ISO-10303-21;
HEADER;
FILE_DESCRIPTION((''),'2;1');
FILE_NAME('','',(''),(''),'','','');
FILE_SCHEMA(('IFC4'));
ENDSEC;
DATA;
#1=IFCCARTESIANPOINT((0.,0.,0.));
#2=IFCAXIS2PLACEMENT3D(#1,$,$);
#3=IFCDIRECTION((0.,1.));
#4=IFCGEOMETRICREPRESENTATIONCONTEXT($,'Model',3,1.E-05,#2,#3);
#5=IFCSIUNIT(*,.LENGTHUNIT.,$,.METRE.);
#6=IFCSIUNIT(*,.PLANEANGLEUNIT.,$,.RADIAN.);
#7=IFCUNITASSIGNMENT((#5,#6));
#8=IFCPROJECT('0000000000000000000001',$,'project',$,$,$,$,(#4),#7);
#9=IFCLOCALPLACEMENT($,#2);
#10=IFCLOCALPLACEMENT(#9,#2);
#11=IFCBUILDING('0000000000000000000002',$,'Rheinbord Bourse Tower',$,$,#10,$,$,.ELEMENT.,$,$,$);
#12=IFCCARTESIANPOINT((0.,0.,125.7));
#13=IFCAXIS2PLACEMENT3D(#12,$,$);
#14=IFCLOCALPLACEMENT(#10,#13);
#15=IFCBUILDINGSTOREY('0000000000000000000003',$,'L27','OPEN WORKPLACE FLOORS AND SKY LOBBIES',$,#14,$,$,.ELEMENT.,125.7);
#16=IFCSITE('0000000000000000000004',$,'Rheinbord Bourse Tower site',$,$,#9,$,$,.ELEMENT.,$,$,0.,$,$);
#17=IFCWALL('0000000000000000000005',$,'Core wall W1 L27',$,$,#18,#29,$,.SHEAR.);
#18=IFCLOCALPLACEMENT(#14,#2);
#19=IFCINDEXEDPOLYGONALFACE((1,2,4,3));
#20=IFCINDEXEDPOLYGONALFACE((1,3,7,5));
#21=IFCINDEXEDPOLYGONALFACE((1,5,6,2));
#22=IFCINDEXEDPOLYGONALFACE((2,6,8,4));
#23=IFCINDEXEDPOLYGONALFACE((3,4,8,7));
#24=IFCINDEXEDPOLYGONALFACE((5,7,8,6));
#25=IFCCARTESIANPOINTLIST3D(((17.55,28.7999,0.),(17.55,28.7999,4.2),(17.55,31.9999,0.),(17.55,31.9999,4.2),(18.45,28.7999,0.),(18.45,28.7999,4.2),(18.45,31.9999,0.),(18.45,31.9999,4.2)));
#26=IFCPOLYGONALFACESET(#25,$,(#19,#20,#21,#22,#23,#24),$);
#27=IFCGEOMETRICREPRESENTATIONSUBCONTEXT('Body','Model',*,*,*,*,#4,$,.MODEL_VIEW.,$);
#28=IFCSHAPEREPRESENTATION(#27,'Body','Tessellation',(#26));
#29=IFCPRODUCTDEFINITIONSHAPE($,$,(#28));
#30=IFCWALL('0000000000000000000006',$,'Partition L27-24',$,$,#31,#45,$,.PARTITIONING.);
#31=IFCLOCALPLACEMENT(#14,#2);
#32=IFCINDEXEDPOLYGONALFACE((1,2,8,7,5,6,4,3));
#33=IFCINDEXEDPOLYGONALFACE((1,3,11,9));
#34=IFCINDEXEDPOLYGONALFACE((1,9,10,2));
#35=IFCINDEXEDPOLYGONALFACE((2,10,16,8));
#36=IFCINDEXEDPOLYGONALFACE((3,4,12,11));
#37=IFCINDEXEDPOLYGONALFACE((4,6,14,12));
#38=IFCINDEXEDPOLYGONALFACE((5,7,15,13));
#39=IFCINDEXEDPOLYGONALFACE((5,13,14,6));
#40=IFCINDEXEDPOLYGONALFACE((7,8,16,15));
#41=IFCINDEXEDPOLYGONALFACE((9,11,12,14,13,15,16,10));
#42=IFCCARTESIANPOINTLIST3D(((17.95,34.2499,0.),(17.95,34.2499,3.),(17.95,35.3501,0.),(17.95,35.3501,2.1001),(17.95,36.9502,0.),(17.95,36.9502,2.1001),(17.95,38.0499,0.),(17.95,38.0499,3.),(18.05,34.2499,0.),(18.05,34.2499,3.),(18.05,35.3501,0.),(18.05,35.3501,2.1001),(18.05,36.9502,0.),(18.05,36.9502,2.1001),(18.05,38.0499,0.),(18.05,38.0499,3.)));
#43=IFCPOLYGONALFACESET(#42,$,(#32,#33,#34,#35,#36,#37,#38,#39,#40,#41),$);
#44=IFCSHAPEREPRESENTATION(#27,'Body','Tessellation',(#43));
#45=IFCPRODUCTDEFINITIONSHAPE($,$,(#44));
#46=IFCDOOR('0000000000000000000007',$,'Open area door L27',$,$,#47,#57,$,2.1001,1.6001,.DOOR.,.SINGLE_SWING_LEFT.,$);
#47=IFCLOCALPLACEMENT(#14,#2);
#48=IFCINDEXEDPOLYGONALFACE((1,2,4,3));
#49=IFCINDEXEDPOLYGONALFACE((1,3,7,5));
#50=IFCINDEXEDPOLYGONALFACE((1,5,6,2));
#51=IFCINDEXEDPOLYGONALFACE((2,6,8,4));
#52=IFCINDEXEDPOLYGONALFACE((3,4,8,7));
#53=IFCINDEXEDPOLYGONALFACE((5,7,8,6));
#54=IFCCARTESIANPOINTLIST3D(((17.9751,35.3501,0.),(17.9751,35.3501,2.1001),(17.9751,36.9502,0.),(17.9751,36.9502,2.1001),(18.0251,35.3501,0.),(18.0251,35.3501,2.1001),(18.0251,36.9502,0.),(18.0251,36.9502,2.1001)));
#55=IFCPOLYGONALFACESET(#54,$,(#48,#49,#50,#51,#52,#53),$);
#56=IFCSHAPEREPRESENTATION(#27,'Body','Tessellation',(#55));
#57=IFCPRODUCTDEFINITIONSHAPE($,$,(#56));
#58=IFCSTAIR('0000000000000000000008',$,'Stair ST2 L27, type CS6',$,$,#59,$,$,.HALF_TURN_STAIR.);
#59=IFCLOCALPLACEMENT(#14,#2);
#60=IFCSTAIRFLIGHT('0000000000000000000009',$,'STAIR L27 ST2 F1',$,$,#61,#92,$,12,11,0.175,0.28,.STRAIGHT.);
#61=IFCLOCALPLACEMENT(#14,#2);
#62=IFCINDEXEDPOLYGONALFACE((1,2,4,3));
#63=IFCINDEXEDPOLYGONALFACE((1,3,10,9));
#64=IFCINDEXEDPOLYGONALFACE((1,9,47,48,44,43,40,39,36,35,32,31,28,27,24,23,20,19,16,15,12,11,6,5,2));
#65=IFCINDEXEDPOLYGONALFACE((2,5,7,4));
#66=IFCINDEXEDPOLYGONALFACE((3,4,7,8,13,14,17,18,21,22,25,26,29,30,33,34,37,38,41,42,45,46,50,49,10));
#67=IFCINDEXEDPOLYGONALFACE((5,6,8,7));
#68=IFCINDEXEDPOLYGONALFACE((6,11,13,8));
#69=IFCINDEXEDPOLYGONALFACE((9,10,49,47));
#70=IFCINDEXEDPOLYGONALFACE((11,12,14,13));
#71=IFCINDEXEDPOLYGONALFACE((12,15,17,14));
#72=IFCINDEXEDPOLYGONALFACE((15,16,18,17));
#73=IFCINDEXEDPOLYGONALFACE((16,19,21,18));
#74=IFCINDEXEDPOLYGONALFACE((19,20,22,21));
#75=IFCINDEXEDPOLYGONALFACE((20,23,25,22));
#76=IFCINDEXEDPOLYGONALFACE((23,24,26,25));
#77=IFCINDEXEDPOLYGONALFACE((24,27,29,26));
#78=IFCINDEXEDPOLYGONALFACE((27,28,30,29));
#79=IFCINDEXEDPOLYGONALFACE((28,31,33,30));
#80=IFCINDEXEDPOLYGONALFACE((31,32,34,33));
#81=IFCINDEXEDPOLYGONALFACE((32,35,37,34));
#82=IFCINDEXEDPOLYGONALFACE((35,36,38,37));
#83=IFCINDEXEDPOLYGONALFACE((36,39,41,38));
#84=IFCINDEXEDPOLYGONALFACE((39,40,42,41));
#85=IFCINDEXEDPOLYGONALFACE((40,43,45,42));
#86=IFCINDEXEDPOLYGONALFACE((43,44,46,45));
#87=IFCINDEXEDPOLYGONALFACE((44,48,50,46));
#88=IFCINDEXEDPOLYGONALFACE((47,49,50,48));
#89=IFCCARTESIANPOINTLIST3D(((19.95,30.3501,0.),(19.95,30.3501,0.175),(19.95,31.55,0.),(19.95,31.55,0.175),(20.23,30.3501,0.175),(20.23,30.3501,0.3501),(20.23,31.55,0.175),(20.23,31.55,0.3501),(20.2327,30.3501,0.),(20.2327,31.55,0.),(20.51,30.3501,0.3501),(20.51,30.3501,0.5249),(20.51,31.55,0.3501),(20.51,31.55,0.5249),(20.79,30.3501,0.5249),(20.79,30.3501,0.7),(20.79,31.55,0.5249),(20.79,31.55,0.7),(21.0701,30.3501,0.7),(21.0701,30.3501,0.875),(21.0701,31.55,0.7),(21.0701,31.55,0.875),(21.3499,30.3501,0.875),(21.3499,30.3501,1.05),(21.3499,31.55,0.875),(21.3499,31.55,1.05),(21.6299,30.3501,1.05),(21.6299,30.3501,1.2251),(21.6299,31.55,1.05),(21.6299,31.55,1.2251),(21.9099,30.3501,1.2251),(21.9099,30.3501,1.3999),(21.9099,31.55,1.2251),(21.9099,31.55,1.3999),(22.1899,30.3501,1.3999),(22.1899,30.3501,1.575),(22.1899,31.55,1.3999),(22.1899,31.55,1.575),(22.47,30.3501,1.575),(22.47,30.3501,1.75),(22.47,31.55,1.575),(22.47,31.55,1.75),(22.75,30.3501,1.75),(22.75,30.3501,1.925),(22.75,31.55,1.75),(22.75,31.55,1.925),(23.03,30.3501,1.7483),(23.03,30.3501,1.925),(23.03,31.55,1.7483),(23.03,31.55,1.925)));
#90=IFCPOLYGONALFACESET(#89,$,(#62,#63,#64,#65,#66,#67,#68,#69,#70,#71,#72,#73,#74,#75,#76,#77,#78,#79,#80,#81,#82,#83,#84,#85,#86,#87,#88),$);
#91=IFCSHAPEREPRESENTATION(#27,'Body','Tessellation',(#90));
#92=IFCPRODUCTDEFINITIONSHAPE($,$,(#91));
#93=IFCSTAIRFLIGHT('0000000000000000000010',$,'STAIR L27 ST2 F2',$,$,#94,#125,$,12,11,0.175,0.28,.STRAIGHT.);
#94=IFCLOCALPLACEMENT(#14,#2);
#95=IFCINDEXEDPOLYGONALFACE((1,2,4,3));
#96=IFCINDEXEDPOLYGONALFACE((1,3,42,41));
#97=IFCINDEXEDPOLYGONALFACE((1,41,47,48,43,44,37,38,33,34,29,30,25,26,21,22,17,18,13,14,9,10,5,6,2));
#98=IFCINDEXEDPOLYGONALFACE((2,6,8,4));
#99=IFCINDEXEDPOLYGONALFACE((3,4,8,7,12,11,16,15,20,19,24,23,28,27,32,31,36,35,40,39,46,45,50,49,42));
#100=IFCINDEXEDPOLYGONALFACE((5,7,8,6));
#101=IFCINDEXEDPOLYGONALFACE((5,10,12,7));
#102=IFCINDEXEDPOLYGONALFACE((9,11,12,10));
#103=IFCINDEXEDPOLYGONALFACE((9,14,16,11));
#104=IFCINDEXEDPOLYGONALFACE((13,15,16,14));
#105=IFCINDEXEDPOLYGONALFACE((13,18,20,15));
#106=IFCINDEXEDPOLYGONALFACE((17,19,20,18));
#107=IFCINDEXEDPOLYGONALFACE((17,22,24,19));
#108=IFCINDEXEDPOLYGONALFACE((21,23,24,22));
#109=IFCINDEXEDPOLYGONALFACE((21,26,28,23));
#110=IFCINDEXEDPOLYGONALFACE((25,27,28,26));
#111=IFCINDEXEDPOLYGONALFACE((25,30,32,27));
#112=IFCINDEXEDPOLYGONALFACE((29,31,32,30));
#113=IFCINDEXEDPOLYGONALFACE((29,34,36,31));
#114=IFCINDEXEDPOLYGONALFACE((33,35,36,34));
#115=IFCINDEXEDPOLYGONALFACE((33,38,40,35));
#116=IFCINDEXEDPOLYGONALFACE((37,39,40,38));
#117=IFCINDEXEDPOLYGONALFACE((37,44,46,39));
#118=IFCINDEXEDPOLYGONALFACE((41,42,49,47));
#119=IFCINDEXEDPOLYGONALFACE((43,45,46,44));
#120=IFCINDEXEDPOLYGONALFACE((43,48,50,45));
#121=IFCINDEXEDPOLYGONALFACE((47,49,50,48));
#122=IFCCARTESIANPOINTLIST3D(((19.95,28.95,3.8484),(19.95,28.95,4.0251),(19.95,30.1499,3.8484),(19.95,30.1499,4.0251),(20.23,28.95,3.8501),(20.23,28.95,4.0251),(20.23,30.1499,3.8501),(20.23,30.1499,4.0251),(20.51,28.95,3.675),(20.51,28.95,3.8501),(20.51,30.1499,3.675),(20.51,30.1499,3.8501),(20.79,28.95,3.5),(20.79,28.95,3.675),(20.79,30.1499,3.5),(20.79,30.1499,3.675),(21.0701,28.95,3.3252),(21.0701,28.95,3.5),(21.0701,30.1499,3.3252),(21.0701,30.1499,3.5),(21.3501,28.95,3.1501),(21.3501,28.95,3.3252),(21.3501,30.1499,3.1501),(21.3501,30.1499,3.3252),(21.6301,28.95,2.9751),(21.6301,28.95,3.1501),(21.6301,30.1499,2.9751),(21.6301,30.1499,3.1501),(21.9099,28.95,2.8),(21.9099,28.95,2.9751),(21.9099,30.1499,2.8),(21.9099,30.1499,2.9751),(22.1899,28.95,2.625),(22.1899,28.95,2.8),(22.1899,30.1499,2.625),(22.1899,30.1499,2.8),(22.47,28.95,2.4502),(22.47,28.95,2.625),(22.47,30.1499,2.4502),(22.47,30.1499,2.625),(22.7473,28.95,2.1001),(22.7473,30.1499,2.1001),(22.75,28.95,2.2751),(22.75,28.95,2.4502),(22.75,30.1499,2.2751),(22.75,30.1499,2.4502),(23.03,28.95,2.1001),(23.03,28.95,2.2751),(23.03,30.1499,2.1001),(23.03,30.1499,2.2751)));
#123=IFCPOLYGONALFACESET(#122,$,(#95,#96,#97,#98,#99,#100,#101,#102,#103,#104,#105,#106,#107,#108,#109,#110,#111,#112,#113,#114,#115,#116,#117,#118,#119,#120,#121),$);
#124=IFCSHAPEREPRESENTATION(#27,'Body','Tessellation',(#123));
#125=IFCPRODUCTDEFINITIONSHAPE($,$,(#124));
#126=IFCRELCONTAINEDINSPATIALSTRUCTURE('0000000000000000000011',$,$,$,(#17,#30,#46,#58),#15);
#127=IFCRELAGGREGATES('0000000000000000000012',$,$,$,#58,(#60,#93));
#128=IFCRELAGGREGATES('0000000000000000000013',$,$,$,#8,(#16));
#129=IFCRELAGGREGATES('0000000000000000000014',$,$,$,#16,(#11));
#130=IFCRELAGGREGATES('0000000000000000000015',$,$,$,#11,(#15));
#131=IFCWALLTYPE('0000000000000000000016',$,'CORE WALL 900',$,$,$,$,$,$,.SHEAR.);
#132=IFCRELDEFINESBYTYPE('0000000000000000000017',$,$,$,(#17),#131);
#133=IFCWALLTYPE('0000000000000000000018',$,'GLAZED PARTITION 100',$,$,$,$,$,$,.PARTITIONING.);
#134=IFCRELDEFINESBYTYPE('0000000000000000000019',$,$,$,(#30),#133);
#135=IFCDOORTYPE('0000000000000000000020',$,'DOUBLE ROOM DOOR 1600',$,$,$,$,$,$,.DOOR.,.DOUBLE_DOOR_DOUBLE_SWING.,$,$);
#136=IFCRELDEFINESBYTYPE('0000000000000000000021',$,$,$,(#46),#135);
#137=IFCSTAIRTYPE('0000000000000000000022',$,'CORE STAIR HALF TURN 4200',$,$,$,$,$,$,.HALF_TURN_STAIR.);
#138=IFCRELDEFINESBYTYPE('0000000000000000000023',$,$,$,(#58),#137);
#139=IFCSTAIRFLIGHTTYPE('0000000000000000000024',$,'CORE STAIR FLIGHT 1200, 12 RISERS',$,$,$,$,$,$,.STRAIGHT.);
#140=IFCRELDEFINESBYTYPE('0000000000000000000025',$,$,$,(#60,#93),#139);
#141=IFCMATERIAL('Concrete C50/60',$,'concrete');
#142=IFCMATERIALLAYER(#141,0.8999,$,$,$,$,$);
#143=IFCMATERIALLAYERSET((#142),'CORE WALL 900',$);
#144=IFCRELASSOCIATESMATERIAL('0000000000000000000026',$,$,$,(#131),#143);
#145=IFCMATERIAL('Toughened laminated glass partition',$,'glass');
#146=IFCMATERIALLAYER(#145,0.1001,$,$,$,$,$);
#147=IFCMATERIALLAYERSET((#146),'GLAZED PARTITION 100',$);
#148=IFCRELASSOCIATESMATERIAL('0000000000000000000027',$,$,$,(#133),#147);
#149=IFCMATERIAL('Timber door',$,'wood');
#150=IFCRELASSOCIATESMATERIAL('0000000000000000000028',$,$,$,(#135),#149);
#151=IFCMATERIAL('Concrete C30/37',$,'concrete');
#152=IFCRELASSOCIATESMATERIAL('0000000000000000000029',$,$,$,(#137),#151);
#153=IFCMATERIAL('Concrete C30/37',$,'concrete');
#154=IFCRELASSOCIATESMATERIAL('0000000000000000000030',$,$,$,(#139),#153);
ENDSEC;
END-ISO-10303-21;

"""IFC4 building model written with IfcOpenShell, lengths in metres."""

from ifc_helpers import new_model, si_unit, direction, frame, frame_2d, origin, place, context, subcontext, project, spatial, polyline, rectangle, outline, extrude, material, layer, layer_set, type_object, element, fill, aggregate, save


model = new_model("IFC4")

# Units and contexts
model_context = context("Model", 3, precision=1e-05, world=origin(), true_north=direction((0.0, 1.0)))
body_context = subcontext(model_context, "Body", "Model", "MODEL_VIEW")
ifc_project = project(units=[si_unit("LENGTHUNIT", "METRE"), si_unit("PLANEANGLEUNIT", "RADIAN")], contexts=[model_context])

# Site, building, storey
site_placement = place(None, origin())
site = spatial("IfcSite", under=ifc_project, at=site_placement, Name="Rheinbord Bourse Tower site", CompositionType="ELEMENT", RefElevation=0.0)
building_placement = place(site_placement, origin())
building = spatial("IfcBuilding", under=site, at=building_placement, Name="Rheinbord Bourse Tower", CompositionType="ELEMENT")
storey_placement = place(building_placement, frame((0.0, 0.0, 125.7)))
storey = spatial("IfcBuildingStorey", under=building, at=storey_placement, Name="L27", Description="OPEN WORKPLACE FLOORS AND SKY LOBBIES", CompositionType="ELEMENT", Elevation=125.7)

# Wall
ifc_material_1 = material(Name="Concrete C50/60", Category="concrete")
ifc_layer_1 = layer(ifc_material_1, 0.8999)
ifc_layer_set_1 = layer_set([ifc_layer_1], Name="CORE WALL 900")
wall_type_1 = type_object("IfcWallType", Name="CORE WALL 900", PredefinedType="SHEAR", material=ifc_layer_set_1)
wall_1_placement = place(storey_placement, frame((18.0, 32.0, 0.0), z_axis=(0.0, 0.0, 1.0), x_axis=(0.0, -1.0, 0.0)))
element("IfcWall", 1, at=wall_1_placement, inside=storey, type_object=wall_type_1, Name="Core wall W1 L27", PredefinedType="SHEAR", context=body_context, shape_type="SweptSolid", body=[
    extrude(rectangle(XDim=3.2, YDim=0.8999, at=frame_2d((1.6001, 0.0))), origin(), (0.0, 0.0, 1.0), 4.2),
])

# Wall, opening, door
ifc_material_2 = material(Name="Toughened laminated glass partition", Category="glass")
ifc_layer_2 = layer(ifc_material_2, 0.1001)
ifc_layer_set_2 = layer_set([ifc_layer_2], Name="GLAZED PARTITION 100")
wall_type_2 = type_object("IfcWallType", Name="GLAZED PARTITION 100", PredefinedType="PARTITIONING", material=ifc_layer_set_2)
wall_2_placement = place(storey_placement, frame((18.0, 34.25, 0.0), z_axis=(0.0, 0.0, 1.0), x_axis=(0.0, 1.0, 0.0)))
wall_2 = element("IfcWall", 2, at=wall_2_placement, inside=storey, type_object=wall_type_2, Name="Partition L27-24", PredefinedType="PARTITIONING", context=body_context, shape_type="SweptSolid", body=[
    extrude(rectangle(XDim=3.8, YDim=0.1001, at=frame_2d((1.8999, 0.0))), origin(), (0.0, 0.0, 1.0), 3.0),
])
opening_1_placement = place(wall_2_placement, frame((1.1001, 0.0, 0.0)))
opening_1 = element("IfcOpeningElement", 3, at=opening_1_placement, cuts=wall_2, PredefinedType="OPENING", context=body_context, shape_type="SweptSolid", body=[
    extrude(rectangle(XDim=1.6001, YDim=2.1001, at=frame_2d((0.8, 1.05))), frame((0.0, 0.0601, 0.0), z_axis=(0.0, -1.0, 0.0), x_axis=(1.0, 0.0, 0.0)), (0.0, 0.0, 1.0), 0.1201),
])
ifc_material_3 = material(Name="Timber door", Category="wood")
door_type_1 = type_object("IfcDoorType", Name="DOUBLE ROOM DOOR 1600", OperationType="DOUBLE_DOOR_DOUBLE_SWING", PredefinedType="DOOR", material=ifc_material_3)
door_1_placement = place(opening_1_placement, origin())
door_1 = element("IfcDoor", 4, at=door_1_placement, inside=storey, type_object=door_type_1, Name="Open area door L27", OperationType="SINGLE_SWING_LEFT", OverallHeight=2.1001, OverallWidth=1.6001, PredefinedType="DOOR", context=body_context, shape_type="SweptSolid", body=[
    extrude(rectangle(XDim=1.6001, YDim=2.1001, at=frame_2d((0.8, 1.05))), frame((0.0, 0.0249, 0.0), z_axis=(0.0, -1.0, 0.0), x_axis=(1.0, 0.0, 0.0)), (0.0, 0.0, 1.0), 0.05),
])
fill(opening_1, door_1)

# Stair, stair flights
ifc_material_4 = material(Name="Concrete C30/37", Category="concrete")
stair_type = type_object("IfcStairType", Name="CORE STAIR HALF TURN 4200", PredefinedType="HALF_TURN_STAIR", material=ifc_material_4)
stair_placement = place(storey_placement, origin())
stair = element("IfcStair", 5, at=stair_placement, inside=storey, type_object=stair_type, Name="Stair ST2 L27, type CS6", PredefinedType="HALF_TURN_STAIR")
ifc_material_5 = material(Name="Concrete C30/37", Category="concrete")
stair_flight_type = type_object("IfcStairFlightType", Name="CORE STAIR FLIGHT 1200, 12 RISERS", PredefinedType="STRAIGHT", material=ifc_material_5)
stair_flight_1_placement = place(storey_placement, frame((19.95, 30.95, 0.0), z_axis=(0.0, 0.0, 1.0), x_axis=(1.0, 0.0, 0.0)))
stair_flight_1 = element("IfcStairFlight", 6, at=stair_flight_1_placement, type_object=stair_flight_type, Name="STAIR L27 ST2 F1", NumberOfRisers=12, NumberOfTreads=11, PredefinedType="STRAIGHT", RiserHeight=0.175, TreadLength=0.28, context=body_context, shape_type="SweptSolid", body=[
    extrude(outline(polyline([(0.0, 0.0), (0.0, 0.175), (0.28, 0.175), (0.28, 0.3501), (0.5601, 0.3501), (0.5601, 0.5249), (0.8401, 0.5249), (0.8401, 0.7), (1.1201, 0.7), (1.1201, 0.875), (1.3999, 0.875), (1.3999, 1.05), (1.6799, 1.05), (1.6799, 1.2251), (1.96, 1.2251), (1.96, 1.3999), (2.24, 1.3999), (2.24, 1.575), (2.52, 1.575), (2.52, 1.75), (2.8, 1.75), (2.8, 1.925), (3.0801, 1.925), (3.0801, 2.1001), (3.0801, 1.7483), (0.2827, 0.0), (0.0, 0.0)])), frame((0.0, 0.6001, 0.0), z_axis=(0.0, -1.0, 0.0), x_axis=(1.0, 0.0, 0.0)), (0.0, 0.0, 1.0), 1.2),
])
stair_flight_2_placement = place(storey_placement, frame((23.03, 29.55, 2.1001), z_axis=(0.0, 0.0, 1.0), x_axis=(-1.0, 0.0, 0.0)))
stair_flight_2 = element("IfcStairFlight", 7, at=stair_flight_2_placement, type_object=stair_flight_type, Name="STAIR L27 ST2 F2", NumberOfRisers=12, NumberOfTreads=11, PredefinedType="STRAIGHT", RiserHeight=0.175, TreadLength=0.28, context=body_context, shape_type="SweptSolid", body=[
    extrude(outline(polyline([(0.0, 0.0), (0.0, 0.175), (0.28, 0.175), (0.28, 0.3501), (0.5601, 0.3501), (0.5601, 0.5249), (0.8401, 0.5249), (0.8401, 0.7), (1.1201, 0.7), (1.1201, 0.875), (1.3999, 0.875), (1.3999, 1.05), (1.6799, 1.05), (1.6799, 1.2251), (1.96, 1.2251), (1.96, 1.3999), (2.24, 1.3999), (2.24, 1.575), (2.52, 1.575), (2.52, 1.75), (2.8, 1.75), (2.8, 1.925), (3.0801, 1.925), (3.0801, 2.1001), (3.0801, 1.7483), (0.2827, 0.0), (0.0, 0.0)])), frame((0.0, 0.6001, 0.0), z_axis=(0.0, -1.0, 0.0), x_axis=(1.0, 0.0, 0.0)), (0.0, 0.0, 1.0), 1.2),
])
aggregate(stair, [stair_flight_1, stair_flight_2])

save(model, "model.ifc")
